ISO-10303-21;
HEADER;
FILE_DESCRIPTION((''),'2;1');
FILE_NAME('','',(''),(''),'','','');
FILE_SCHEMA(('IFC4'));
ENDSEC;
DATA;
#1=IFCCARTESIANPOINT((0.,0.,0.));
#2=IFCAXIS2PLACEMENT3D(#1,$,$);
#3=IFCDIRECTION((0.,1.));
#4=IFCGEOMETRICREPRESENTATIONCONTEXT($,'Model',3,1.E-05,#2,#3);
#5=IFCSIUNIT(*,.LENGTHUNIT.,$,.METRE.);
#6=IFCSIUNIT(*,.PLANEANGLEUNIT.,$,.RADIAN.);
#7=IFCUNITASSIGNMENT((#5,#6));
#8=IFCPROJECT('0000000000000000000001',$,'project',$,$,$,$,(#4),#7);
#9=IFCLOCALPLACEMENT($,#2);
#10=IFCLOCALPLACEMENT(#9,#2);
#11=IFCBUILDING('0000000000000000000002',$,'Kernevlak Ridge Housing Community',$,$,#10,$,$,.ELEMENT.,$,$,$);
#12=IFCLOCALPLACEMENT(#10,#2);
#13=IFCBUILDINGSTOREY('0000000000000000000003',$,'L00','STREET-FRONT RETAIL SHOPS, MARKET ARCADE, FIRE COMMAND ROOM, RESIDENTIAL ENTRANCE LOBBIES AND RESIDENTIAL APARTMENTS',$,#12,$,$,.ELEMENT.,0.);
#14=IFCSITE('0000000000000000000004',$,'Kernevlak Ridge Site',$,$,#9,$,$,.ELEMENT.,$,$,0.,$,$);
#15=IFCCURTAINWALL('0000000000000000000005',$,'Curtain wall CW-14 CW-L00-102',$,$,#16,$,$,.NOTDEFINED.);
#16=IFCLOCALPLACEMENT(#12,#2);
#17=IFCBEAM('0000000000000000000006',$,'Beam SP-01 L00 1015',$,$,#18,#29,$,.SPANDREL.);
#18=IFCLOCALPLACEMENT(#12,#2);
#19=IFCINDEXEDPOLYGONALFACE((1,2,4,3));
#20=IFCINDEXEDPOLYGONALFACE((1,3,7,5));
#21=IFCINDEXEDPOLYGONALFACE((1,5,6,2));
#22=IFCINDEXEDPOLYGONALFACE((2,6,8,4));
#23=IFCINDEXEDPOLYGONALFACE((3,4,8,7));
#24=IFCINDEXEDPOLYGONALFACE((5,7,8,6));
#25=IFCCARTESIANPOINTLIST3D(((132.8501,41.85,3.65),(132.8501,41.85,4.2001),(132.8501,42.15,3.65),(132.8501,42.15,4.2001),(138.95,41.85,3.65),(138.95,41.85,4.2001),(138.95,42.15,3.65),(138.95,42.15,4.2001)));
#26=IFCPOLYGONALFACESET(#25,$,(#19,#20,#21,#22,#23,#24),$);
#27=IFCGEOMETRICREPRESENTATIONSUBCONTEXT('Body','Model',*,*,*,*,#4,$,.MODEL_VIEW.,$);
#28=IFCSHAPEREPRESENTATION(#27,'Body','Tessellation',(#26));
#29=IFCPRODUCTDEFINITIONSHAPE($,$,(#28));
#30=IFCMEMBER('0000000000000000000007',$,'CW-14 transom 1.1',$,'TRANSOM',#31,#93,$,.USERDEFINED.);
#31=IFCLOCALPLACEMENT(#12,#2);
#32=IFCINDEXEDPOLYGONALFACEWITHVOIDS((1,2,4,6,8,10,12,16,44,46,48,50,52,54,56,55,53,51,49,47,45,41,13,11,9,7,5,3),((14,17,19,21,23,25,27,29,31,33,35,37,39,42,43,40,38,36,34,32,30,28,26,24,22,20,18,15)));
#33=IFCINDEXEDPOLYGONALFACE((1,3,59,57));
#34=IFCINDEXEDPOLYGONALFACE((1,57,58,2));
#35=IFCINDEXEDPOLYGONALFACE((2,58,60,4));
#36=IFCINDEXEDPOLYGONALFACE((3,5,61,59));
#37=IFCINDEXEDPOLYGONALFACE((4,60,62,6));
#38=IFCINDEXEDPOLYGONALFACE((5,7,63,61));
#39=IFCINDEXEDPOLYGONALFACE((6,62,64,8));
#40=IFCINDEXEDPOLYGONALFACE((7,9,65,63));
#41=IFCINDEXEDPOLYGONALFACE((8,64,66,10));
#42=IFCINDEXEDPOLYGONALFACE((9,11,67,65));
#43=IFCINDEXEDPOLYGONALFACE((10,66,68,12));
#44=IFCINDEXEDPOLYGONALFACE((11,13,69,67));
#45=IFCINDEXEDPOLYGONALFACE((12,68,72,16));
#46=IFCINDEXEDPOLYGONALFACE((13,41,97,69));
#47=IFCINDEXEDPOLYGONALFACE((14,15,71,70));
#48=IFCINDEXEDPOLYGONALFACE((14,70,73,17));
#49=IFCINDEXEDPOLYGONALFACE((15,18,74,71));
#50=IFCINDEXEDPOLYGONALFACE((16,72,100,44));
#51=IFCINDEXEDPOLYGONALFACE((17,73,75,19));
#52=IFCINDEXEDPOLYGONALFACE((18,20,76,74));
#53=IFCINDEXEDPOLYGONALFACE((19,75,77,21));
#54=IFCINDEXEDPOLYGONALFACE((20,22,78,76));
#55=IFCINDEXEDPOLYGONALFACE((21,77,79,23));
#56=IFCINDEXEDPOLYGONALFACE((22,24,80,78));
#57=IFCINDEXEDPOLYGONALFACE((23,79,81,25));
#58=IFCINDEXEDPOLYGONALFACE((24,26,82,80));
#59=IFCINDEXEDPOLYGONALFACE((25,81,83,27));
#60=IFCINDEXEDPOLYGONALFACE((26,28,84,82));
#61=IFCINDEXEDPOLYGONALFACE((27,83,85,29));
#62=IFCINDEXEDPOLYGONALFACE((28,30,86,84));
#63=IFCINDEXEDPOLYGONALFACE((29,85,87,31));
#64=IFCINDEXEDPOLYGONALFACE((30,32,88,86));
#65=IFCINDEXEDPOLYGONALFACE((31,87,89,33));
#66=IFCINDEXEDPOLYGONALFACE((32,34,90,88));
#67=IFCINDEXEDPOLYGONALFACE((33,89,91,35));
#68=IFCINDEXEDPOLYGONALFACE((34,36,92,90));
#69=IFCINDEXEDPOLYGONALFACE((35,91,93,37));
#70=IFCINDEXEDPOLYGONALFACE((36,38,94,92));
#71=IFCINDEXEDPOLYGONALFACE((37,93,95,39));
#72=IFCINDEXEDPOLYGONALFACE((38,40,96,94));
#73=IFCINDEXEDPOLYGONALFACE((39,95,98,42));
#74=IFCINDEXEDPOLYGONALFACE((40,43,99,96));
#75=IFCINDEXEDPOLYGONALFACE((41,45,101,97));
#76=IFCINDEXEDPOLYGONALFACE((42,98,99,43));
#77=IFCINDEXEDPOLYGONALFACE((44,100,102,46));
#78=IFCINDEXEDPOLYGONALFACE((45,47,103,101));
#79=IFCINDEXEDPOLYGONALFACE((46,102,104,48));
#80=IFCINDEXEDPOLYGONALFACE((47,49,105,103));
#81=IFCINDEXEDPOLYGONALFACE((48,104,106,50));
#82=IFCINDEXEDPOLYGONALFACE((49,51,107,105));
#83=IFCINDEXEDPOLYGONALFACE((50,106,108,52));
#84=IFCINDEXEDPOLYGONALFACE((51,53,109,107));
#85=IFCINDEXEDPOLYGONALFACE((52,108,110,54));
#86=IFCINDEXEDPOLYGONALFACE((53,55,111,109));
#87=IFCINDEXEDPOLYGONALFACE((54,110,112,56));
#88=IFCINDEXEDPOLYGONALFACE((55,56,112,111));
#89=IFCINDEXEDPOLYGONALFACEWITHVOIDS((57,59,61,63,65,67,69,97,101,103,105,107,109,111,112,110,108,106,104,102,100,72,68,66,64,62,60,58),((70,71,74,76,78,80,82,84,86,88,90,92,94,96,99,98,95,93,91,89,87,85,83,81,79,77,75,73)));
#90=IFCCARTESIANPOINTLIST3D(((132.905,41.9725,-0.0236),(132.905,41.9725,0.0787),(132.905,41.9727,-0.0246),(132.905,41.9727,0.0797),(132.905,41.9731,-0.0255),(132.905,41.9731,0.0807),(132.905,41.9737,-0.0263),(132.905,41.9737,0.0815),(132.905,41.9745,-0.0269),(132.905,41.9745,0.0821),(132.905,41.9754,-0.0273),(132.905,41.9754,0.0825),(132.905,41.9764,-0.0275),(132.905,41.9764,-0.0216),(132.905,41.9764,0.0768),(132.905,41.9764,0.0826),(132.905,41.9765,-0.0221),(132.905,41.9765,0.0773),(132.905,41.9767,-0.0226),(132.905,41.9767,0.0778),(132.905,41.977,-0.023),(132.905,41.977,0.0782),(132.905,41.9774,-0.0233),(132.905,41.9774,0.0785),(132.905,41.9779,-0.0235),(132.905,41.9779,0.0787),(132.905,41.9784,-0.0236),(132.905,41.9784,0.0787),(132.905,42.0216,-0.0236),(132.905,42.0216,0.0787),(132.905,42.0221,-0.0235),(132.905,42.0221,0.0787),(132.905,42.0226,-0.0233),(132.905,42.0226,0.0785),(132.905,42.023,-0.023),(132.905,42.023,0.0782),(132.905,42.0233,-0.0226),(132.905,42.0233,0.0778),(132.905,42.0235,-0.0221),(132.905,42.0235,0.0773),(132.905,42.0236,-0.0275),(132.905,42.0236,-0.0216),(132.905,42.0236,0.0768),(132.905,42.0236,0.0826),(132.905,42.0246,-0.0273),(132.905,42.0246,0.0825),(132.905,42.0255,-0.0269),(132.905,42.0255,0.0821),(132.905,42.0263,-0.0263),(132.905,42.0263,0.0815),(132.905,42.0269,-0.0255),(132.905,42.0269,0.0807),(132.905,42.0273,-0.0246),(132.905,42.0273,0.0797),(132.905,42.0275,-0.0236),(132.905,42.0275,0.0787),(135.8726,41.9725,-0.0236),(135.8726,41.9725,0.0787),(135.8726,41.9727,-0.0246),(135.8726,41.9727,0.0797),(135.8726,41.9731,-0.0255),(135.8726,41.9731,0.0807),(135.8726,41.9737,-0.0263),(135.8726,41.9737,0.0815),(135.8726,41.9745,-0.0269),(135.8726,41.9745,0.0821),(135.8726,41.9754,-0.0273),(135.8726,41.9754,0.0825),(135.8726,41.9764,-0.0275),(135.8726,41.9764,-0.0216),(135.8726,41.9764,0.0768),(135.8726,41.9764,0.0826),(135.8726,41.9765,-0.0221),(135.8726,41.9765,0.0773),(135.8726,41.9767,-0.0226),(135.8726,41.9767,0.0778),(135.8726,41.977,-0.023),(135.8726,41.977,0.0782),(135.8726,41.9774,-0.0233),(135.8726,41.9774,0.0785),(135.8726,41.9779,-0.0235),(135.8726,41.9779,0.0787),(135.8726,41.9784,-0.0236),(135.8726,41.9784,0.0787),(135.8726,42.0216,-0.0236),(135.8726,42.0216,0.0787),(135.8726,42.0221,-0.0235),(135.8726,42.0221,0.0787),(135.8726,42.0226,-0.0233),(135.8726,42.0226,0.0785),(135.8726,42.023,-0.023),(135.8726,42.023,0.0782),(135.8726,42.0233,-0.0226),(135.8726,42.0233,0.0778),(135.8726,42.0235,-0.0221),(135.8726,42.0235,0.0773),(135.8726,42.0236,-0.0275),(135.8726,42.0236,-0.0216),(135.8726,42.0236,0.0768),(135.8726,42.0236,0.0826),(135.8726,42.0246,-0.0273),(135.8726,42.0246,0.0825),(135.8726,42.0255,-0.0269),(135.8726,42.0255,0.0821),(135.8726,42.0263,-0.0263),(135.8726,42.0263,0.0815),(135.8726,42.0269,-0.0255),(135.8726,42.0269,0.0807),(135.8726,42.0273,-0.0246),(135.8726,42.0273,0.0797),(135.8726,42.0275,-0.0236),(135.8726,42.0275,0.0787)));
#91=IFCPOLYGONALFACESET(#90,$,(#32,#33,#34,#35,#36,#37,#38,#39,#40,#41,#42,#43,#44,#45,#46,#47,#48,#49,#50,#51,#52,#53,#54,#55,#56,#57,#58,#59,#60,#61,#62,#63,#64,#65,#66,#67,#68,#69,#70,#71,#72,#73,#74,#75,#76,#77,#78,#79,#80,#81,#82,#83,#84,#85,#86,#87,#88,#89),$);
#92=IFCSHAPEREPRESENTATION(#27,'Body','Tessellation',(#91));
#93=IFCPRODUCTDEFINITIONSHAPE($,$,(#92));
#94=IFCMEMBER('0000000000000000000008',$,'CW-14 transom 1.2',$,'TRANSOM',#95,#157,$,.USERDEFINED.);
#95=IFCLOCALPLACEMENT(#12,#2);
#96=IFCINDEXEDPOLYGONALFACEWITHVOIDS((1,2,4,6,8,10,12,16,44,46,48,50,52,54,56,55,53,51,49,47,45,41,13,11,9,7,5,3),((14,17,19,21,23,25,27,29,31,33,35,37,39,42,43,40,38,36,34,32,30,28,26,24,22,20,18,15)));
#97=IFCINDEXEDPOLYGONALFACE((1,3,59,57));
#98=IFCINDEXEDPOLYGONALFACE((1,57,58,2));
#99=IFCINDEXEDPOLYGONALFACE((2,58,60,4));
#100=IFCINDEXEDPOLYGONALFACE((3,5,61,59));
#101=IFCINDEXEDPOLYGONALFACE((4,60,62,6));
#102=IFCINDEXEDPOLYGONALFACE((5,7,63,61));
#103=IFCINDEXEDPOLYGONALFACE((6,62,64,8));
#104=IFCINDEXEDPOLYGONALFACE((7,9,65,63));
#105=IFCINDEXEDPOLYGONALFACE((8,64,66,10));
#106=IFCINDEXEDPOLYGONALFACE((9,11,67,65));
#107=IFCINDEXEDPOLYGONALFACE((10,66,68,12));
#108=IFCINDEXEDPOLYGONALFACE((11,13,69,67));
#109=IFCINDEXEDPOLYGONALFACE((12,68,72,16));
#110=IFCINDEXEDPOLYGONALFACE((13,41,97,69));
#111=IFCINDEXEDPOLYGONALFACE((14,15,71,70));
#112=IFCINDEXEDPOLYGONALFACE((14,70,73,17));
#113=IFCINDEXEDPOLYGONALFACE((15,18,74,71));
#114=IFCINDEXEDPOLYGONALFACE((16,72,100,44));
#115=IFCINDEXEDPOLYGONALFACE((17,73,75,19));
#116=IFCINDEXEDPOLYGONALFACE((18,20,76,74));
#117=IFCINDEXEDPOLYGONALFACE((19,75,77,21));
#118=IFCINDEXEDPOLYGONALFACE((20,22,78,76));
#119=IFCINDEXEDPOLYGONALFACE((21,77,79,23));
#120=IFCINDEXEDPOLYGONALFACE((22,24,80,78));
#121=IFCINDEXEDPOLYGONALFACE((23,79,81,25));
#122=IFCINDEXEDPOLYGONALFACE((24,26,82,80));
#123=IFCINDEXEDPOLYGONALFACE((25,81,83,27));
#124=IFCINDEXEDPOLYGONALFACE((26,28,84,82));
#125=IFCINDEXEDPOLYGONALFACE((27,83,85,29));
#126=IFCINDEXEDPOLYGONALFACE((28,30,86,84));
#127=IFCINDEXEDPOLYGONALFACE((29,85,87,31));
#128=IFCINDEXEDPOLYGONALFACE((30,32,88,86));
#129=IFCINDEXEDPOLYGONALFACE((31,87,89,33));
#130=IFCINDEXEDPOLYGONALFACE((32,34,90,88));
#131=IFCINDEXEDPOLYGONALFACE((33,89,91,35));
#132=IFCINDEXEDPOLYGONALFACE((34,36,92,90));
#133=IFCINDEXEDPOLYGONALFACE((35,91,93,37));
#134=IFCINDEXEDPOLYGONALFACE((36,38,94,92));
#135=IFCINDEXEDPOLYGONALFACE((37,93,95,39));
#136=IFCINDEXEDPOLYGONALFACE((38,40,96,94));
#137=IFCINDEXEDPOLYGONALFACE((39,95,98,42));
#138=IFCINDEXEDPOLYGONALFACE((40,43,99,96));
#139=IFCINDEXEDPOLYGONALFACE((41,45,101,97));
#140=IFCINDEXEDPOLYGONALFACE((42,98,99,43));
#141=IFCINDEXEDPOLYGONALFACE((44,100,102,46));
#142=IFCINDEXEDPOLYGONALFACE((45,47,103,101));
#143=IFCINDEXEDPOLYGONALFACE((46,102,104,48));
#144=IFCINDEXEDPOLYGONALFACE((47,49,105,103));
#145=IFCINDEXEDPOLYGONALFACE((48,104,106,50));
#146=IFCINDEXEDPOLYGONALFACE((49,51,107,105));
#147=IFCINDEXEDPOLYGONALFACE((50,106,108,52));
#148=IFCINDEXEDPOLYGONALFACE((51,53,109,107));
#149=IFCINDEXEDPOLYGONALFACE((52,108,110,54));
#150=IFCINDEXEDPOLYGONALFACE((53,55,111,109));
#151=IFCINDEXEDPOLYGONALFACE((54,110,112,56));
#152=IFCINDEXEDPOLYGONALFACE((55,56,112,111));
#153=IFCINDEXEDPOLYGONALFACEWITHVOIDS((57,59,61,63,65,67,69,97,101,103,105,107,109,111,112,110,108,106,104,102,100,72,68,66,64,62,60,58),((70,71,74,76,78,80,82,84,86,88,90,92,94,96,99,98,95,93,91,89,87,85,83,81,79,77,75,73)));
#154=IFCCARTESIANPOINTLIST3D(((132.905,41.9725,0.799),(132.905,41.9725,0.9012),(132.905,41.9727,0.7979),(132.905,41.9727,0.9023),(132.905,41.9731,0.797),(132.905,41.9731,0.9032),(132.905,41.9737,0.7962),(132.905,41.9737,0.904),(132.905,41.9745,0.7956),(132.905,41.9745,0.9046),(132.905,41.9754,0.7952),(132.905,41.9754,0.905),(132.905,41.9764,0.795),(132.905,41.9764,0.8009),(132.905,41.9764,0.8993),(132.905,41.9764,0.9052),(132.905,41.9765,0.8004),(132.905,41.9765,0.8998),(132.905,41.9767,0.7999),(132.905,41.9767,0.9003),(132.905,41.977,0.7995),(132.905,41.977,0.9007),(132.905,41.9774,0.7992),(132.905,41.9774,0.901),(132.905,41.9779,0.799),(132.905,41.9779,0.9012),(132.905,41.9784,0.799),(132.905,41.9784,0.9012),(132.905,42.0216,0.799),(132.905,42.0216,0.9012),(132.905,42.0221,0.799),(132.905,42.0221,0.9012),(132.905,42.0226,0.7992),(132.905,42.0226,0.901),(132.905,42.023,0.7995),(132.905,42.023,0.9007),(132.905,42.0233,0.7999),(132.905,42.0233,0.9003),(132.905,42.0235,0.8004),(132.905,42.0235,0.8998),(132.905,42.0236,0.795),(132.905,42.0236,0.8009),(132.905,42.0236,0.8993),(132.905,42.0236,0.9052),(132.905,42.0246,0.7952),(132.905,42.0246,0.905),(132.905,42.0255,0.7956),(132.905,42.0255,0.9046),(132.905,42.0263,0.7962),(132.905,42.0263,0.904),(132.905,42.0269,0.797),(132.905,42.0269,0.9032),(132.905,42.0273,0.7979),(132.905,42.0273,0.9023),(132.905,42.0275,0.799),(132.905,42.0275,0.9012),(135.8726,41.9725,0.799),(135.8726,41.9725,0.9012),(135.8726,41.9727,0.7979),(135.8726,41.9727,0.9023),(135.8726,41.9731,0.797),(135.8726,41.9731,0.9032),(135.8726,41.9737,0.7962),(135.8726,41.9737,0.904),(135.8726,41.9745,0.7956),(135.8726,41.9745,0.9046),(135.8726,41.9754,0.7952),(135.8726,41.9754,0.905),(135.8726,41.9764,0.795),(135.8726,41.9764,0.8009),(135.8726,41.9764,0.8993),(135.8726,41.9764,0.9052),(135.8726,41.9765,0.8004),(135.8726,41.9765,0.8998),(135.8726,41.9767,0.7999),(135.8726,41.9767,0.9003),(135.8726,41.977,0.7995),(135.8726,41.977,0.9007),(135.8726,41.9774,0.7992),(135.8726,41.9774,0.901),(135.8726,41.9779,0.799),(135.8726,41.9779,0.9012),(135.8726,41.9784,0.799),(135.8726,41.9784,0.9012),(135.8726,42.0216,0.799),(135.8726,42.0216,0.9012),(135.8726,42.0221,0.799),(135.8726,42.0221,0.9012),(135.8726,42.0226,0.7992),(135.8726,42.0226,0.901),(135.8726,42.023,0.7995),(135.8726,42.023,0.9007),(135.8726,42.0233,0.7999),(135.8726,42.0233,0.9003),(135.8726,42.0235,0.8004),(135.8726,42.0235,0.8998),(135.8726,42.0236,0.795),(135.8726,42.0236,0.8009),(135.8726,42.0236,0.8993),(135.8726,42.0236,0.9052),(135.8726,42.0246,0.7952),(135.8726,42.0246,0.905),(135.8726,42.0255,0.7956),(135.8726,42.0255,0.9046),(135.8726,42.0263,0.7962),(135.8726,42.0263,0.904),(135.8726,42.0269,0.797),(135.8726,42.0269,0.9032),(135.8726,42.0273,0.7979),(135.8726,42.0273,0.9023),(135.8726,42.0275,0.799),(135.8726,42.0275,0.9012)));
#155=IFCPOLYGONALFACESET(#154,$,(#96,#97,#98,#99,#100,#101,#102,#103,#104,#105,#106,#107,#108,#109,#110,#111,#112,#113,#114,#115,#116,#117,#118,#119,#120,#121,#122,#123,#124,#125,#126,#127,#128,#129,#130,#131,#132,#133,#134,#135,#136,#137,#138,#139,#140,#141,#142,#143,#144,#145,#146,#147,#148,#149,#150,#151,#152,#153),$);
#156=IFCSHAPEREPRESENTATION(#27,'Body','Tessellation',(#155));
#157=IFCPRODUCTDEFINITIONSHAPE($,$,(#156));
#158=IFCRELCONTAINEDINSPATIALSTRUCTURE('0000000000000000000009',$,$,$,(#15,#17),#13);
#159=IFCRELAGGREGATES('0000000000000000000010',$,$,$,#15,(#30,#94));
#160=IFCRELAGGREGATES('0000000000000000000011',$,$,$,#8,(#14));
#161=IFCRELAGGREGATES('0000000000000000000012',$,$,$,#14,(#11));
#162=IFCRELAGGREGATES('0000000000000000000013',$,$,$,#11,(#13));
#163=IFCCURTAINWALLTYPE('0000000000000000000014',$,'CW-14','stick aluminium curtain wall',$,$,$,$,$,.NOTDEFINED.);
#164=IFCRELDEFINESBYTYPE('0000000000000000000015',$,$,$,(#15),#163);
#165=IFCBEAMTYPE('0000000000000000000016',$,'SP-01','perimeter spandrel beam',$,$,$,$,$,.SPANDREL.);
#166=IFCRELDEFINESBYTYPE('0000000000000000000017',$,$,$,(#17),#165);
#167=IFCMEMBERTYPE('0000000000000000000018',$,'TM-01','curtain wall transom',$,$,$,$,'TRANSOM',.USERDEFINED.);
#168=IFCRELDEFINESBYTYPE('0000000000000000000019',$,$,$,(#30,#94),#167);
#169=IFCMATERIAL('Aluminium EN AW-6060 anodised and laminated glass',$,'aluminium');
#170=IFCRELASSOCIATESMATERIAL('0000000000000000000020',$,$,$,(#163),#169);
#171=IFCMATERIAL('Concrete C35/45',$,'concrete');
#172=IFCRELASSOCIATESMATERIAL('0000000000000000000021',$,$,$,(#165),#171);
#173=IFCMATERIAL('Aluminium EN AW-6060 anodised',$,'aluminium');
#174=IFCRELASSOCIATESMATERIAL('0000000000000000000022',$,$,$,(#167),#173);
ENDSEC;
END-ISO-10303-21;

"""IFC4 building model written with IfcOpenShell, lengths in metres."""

from ifc_helpers import new_model, si_unit, direction, frame, origin, origin_2d, place, context, subcontext, project, spatial, rectangle, hollow_rectangle, extrude, material, material_profile, profile_set, type_object, element, aggregate, save


model = new_model("IFC4")

# Units and contexts
model_context = context("Model", 3, precision=1e-05, world=origin(), true_north=direction((0.0, 1.0)))
body_context = subcontext(model_context, "Body", "Model", "MODEL_VIEW")
ifc_project = project(units=[si_unit("LENGTHUNIT", "METRE"), si_unit("PLANEANGLEUNIT", "RADIAN")], contexts=[model_context])

# Site, building, storey
site_placement = place(None, origin())
site = spatial("IfcSite", under=ifc_project, at=site_placement, Name="Kernevlak Ridge Site", CompositionType="ELEMENT", RefElevation=0.0)
building_placement = place(site_placement, origin())
building = spatial("IfcBuilding", under=site, at=building_placement, Name="Kernevlak Ridge Housing Community", CompositionType="ELEMENT")
storey_placement = place(building_placement, origin())
storey = spatial("IfcBuildingStorey", under=building, at=storey_placement, Name="L00", Description="STREET-FRONT RETAIL SHOPS, MARKET ARCADE, FIRE COMMAND ROOM, RESIDENTIAL ENTRANCE LOBBIES AND RESIDENTIAL APARTMENTS", CompositionType="ELEMENT", Elevation=0.0)

# Shared definitions
ifc_material_1 = material(Name="Concrete C35/45", Category="concrete")

# Curtain wall
ifc_material_2 = material(Name="Aluminium EN AW-6060 anodised and laminated glass", Category="aluminium")
curtain_wall_type = type_object("IfcCurtainWallType", Name="CW-14", Description="stick aluminium curtain wall", PredefinedType="NOTDEFINED", material=ifc_material_2)
curtain_wall_placement = place(storey_placement, origin())
curtain_wall = element("IfcCurtainWall", 1, at=curtain_wall_placement, inside=storey, type_object=curtain_wall_type, Name="Curtain wall CW-14 CW-L00-102", PredefinedType="NOTDEFINED")
ifc_material_3 = material(Name="Aluminium EN AW-6060 anodised", Category="aluminium")

# Beam
ifc_material_profile_1 = material_profile(ifc_material_1, rectangle(XDim=0.3, YDim=0.55, at=origin_2d()), Name="RC 300x550")
ifc_profile_set_1 = profile_set([ifc_material_profile_1], Name="Concrete C35/45")
beam_type_1 = type_object("IfcBeamType", Name="SP-01", Description="perimeter spandrel beam", PredefinedType="SPANDREL", material=ifc_profile_set_1)
beam_1_placement = place(storey_placement, frame((132.8501, 42.0, 3.925), z_axis=(1.0, 0.0, 0.0), x_axis=(0.0, 1.0, 0.0)))
element("IfcBeam", 2, at=beam_1_placement, inside=storey, type_object=beam_type_1, Name="Beam SP-01 L00 1015", PredefinedType="SPANDREL", context=body_context, shape_type="SweptSolid", body=[
    extrude(rectangle(XDim=0.3, YDim=0.55, at=origin_2d()), origin(), (0.0, 0.0, 1.0), 6.0999),
])

# Members
ifc_material_profile_2 = material_profile(ifc_material_3, hollow_rectangle(XDim=0.0549, YDim=0.1101, WallThickness=0.0039, InnerFilletRadius=0.002, OuterFilletRadius=0.0039, at=origin_2d()), Name="ALU 55x110x4")
ifc_profile_set_2 = profile_set([ifc_material_profile_2], Name="Aluminium EN AW-6060 anodised")
member_type_1 = type_object("IfcMemberType", Name="TM-01", Description="curtain wall transom", ElementType="TRANSOM", PredefinedType="USERDEFINED", material=ifc_profile_set_2)
member_1_placement = place(storey_placement, frame((132.905, 42.0, 0.0276), z_axis=(1.0, 0.0, 0.0), x_axis=(0.0, 1.0, 0.0)))
member_1 = element("IfcMember", 3, at=member_1_placement, type_object=member_type_1, Name="CW-14 transom 1.1", ObjectType="TRANSOM", PredefinedType="USERDEFINED", context=body_context, shape_type="SweptSolid", body=[
    extrude(hollow_rectangle(XDim=0.0549, YDim=0.1101, WallThickness=0.0039, InnerFilletRadius=0.002, OuterFilletRadius=0.0039, at=origin_2d()), origin(), (0.0, 0.0, 1.0), 2.9675),
])
member_2_placement = place(storey_placement, frame((132.905, 42.0, 0.8501), z_axis=(1.0, 0.0, 0.0), x_axis=(0.0, 1.0, 0.0)))
member_2 = element("IfcMember", 4, at=member_2_placement, type_object=member_type_1, Name="CW-14 transom 1.2", ObjectType="TRANSOM", PredefinedType="USERDEFINED", context=body_context, shape_type="SweptSolid", body=[
    extrude(hollow_rectangle(XDim=0.0549, YDim=0.1101, WallThickness=0.0039, InnerFilletRadius=0.002, OuterFilletRadius=0.0039, at=origin_2d()), origin(), (0.0, 0.0, 1.0), 2.9675),
])

aggregate(curtain_wall, [member_1, member_2])

save(model, "model.ifc")
